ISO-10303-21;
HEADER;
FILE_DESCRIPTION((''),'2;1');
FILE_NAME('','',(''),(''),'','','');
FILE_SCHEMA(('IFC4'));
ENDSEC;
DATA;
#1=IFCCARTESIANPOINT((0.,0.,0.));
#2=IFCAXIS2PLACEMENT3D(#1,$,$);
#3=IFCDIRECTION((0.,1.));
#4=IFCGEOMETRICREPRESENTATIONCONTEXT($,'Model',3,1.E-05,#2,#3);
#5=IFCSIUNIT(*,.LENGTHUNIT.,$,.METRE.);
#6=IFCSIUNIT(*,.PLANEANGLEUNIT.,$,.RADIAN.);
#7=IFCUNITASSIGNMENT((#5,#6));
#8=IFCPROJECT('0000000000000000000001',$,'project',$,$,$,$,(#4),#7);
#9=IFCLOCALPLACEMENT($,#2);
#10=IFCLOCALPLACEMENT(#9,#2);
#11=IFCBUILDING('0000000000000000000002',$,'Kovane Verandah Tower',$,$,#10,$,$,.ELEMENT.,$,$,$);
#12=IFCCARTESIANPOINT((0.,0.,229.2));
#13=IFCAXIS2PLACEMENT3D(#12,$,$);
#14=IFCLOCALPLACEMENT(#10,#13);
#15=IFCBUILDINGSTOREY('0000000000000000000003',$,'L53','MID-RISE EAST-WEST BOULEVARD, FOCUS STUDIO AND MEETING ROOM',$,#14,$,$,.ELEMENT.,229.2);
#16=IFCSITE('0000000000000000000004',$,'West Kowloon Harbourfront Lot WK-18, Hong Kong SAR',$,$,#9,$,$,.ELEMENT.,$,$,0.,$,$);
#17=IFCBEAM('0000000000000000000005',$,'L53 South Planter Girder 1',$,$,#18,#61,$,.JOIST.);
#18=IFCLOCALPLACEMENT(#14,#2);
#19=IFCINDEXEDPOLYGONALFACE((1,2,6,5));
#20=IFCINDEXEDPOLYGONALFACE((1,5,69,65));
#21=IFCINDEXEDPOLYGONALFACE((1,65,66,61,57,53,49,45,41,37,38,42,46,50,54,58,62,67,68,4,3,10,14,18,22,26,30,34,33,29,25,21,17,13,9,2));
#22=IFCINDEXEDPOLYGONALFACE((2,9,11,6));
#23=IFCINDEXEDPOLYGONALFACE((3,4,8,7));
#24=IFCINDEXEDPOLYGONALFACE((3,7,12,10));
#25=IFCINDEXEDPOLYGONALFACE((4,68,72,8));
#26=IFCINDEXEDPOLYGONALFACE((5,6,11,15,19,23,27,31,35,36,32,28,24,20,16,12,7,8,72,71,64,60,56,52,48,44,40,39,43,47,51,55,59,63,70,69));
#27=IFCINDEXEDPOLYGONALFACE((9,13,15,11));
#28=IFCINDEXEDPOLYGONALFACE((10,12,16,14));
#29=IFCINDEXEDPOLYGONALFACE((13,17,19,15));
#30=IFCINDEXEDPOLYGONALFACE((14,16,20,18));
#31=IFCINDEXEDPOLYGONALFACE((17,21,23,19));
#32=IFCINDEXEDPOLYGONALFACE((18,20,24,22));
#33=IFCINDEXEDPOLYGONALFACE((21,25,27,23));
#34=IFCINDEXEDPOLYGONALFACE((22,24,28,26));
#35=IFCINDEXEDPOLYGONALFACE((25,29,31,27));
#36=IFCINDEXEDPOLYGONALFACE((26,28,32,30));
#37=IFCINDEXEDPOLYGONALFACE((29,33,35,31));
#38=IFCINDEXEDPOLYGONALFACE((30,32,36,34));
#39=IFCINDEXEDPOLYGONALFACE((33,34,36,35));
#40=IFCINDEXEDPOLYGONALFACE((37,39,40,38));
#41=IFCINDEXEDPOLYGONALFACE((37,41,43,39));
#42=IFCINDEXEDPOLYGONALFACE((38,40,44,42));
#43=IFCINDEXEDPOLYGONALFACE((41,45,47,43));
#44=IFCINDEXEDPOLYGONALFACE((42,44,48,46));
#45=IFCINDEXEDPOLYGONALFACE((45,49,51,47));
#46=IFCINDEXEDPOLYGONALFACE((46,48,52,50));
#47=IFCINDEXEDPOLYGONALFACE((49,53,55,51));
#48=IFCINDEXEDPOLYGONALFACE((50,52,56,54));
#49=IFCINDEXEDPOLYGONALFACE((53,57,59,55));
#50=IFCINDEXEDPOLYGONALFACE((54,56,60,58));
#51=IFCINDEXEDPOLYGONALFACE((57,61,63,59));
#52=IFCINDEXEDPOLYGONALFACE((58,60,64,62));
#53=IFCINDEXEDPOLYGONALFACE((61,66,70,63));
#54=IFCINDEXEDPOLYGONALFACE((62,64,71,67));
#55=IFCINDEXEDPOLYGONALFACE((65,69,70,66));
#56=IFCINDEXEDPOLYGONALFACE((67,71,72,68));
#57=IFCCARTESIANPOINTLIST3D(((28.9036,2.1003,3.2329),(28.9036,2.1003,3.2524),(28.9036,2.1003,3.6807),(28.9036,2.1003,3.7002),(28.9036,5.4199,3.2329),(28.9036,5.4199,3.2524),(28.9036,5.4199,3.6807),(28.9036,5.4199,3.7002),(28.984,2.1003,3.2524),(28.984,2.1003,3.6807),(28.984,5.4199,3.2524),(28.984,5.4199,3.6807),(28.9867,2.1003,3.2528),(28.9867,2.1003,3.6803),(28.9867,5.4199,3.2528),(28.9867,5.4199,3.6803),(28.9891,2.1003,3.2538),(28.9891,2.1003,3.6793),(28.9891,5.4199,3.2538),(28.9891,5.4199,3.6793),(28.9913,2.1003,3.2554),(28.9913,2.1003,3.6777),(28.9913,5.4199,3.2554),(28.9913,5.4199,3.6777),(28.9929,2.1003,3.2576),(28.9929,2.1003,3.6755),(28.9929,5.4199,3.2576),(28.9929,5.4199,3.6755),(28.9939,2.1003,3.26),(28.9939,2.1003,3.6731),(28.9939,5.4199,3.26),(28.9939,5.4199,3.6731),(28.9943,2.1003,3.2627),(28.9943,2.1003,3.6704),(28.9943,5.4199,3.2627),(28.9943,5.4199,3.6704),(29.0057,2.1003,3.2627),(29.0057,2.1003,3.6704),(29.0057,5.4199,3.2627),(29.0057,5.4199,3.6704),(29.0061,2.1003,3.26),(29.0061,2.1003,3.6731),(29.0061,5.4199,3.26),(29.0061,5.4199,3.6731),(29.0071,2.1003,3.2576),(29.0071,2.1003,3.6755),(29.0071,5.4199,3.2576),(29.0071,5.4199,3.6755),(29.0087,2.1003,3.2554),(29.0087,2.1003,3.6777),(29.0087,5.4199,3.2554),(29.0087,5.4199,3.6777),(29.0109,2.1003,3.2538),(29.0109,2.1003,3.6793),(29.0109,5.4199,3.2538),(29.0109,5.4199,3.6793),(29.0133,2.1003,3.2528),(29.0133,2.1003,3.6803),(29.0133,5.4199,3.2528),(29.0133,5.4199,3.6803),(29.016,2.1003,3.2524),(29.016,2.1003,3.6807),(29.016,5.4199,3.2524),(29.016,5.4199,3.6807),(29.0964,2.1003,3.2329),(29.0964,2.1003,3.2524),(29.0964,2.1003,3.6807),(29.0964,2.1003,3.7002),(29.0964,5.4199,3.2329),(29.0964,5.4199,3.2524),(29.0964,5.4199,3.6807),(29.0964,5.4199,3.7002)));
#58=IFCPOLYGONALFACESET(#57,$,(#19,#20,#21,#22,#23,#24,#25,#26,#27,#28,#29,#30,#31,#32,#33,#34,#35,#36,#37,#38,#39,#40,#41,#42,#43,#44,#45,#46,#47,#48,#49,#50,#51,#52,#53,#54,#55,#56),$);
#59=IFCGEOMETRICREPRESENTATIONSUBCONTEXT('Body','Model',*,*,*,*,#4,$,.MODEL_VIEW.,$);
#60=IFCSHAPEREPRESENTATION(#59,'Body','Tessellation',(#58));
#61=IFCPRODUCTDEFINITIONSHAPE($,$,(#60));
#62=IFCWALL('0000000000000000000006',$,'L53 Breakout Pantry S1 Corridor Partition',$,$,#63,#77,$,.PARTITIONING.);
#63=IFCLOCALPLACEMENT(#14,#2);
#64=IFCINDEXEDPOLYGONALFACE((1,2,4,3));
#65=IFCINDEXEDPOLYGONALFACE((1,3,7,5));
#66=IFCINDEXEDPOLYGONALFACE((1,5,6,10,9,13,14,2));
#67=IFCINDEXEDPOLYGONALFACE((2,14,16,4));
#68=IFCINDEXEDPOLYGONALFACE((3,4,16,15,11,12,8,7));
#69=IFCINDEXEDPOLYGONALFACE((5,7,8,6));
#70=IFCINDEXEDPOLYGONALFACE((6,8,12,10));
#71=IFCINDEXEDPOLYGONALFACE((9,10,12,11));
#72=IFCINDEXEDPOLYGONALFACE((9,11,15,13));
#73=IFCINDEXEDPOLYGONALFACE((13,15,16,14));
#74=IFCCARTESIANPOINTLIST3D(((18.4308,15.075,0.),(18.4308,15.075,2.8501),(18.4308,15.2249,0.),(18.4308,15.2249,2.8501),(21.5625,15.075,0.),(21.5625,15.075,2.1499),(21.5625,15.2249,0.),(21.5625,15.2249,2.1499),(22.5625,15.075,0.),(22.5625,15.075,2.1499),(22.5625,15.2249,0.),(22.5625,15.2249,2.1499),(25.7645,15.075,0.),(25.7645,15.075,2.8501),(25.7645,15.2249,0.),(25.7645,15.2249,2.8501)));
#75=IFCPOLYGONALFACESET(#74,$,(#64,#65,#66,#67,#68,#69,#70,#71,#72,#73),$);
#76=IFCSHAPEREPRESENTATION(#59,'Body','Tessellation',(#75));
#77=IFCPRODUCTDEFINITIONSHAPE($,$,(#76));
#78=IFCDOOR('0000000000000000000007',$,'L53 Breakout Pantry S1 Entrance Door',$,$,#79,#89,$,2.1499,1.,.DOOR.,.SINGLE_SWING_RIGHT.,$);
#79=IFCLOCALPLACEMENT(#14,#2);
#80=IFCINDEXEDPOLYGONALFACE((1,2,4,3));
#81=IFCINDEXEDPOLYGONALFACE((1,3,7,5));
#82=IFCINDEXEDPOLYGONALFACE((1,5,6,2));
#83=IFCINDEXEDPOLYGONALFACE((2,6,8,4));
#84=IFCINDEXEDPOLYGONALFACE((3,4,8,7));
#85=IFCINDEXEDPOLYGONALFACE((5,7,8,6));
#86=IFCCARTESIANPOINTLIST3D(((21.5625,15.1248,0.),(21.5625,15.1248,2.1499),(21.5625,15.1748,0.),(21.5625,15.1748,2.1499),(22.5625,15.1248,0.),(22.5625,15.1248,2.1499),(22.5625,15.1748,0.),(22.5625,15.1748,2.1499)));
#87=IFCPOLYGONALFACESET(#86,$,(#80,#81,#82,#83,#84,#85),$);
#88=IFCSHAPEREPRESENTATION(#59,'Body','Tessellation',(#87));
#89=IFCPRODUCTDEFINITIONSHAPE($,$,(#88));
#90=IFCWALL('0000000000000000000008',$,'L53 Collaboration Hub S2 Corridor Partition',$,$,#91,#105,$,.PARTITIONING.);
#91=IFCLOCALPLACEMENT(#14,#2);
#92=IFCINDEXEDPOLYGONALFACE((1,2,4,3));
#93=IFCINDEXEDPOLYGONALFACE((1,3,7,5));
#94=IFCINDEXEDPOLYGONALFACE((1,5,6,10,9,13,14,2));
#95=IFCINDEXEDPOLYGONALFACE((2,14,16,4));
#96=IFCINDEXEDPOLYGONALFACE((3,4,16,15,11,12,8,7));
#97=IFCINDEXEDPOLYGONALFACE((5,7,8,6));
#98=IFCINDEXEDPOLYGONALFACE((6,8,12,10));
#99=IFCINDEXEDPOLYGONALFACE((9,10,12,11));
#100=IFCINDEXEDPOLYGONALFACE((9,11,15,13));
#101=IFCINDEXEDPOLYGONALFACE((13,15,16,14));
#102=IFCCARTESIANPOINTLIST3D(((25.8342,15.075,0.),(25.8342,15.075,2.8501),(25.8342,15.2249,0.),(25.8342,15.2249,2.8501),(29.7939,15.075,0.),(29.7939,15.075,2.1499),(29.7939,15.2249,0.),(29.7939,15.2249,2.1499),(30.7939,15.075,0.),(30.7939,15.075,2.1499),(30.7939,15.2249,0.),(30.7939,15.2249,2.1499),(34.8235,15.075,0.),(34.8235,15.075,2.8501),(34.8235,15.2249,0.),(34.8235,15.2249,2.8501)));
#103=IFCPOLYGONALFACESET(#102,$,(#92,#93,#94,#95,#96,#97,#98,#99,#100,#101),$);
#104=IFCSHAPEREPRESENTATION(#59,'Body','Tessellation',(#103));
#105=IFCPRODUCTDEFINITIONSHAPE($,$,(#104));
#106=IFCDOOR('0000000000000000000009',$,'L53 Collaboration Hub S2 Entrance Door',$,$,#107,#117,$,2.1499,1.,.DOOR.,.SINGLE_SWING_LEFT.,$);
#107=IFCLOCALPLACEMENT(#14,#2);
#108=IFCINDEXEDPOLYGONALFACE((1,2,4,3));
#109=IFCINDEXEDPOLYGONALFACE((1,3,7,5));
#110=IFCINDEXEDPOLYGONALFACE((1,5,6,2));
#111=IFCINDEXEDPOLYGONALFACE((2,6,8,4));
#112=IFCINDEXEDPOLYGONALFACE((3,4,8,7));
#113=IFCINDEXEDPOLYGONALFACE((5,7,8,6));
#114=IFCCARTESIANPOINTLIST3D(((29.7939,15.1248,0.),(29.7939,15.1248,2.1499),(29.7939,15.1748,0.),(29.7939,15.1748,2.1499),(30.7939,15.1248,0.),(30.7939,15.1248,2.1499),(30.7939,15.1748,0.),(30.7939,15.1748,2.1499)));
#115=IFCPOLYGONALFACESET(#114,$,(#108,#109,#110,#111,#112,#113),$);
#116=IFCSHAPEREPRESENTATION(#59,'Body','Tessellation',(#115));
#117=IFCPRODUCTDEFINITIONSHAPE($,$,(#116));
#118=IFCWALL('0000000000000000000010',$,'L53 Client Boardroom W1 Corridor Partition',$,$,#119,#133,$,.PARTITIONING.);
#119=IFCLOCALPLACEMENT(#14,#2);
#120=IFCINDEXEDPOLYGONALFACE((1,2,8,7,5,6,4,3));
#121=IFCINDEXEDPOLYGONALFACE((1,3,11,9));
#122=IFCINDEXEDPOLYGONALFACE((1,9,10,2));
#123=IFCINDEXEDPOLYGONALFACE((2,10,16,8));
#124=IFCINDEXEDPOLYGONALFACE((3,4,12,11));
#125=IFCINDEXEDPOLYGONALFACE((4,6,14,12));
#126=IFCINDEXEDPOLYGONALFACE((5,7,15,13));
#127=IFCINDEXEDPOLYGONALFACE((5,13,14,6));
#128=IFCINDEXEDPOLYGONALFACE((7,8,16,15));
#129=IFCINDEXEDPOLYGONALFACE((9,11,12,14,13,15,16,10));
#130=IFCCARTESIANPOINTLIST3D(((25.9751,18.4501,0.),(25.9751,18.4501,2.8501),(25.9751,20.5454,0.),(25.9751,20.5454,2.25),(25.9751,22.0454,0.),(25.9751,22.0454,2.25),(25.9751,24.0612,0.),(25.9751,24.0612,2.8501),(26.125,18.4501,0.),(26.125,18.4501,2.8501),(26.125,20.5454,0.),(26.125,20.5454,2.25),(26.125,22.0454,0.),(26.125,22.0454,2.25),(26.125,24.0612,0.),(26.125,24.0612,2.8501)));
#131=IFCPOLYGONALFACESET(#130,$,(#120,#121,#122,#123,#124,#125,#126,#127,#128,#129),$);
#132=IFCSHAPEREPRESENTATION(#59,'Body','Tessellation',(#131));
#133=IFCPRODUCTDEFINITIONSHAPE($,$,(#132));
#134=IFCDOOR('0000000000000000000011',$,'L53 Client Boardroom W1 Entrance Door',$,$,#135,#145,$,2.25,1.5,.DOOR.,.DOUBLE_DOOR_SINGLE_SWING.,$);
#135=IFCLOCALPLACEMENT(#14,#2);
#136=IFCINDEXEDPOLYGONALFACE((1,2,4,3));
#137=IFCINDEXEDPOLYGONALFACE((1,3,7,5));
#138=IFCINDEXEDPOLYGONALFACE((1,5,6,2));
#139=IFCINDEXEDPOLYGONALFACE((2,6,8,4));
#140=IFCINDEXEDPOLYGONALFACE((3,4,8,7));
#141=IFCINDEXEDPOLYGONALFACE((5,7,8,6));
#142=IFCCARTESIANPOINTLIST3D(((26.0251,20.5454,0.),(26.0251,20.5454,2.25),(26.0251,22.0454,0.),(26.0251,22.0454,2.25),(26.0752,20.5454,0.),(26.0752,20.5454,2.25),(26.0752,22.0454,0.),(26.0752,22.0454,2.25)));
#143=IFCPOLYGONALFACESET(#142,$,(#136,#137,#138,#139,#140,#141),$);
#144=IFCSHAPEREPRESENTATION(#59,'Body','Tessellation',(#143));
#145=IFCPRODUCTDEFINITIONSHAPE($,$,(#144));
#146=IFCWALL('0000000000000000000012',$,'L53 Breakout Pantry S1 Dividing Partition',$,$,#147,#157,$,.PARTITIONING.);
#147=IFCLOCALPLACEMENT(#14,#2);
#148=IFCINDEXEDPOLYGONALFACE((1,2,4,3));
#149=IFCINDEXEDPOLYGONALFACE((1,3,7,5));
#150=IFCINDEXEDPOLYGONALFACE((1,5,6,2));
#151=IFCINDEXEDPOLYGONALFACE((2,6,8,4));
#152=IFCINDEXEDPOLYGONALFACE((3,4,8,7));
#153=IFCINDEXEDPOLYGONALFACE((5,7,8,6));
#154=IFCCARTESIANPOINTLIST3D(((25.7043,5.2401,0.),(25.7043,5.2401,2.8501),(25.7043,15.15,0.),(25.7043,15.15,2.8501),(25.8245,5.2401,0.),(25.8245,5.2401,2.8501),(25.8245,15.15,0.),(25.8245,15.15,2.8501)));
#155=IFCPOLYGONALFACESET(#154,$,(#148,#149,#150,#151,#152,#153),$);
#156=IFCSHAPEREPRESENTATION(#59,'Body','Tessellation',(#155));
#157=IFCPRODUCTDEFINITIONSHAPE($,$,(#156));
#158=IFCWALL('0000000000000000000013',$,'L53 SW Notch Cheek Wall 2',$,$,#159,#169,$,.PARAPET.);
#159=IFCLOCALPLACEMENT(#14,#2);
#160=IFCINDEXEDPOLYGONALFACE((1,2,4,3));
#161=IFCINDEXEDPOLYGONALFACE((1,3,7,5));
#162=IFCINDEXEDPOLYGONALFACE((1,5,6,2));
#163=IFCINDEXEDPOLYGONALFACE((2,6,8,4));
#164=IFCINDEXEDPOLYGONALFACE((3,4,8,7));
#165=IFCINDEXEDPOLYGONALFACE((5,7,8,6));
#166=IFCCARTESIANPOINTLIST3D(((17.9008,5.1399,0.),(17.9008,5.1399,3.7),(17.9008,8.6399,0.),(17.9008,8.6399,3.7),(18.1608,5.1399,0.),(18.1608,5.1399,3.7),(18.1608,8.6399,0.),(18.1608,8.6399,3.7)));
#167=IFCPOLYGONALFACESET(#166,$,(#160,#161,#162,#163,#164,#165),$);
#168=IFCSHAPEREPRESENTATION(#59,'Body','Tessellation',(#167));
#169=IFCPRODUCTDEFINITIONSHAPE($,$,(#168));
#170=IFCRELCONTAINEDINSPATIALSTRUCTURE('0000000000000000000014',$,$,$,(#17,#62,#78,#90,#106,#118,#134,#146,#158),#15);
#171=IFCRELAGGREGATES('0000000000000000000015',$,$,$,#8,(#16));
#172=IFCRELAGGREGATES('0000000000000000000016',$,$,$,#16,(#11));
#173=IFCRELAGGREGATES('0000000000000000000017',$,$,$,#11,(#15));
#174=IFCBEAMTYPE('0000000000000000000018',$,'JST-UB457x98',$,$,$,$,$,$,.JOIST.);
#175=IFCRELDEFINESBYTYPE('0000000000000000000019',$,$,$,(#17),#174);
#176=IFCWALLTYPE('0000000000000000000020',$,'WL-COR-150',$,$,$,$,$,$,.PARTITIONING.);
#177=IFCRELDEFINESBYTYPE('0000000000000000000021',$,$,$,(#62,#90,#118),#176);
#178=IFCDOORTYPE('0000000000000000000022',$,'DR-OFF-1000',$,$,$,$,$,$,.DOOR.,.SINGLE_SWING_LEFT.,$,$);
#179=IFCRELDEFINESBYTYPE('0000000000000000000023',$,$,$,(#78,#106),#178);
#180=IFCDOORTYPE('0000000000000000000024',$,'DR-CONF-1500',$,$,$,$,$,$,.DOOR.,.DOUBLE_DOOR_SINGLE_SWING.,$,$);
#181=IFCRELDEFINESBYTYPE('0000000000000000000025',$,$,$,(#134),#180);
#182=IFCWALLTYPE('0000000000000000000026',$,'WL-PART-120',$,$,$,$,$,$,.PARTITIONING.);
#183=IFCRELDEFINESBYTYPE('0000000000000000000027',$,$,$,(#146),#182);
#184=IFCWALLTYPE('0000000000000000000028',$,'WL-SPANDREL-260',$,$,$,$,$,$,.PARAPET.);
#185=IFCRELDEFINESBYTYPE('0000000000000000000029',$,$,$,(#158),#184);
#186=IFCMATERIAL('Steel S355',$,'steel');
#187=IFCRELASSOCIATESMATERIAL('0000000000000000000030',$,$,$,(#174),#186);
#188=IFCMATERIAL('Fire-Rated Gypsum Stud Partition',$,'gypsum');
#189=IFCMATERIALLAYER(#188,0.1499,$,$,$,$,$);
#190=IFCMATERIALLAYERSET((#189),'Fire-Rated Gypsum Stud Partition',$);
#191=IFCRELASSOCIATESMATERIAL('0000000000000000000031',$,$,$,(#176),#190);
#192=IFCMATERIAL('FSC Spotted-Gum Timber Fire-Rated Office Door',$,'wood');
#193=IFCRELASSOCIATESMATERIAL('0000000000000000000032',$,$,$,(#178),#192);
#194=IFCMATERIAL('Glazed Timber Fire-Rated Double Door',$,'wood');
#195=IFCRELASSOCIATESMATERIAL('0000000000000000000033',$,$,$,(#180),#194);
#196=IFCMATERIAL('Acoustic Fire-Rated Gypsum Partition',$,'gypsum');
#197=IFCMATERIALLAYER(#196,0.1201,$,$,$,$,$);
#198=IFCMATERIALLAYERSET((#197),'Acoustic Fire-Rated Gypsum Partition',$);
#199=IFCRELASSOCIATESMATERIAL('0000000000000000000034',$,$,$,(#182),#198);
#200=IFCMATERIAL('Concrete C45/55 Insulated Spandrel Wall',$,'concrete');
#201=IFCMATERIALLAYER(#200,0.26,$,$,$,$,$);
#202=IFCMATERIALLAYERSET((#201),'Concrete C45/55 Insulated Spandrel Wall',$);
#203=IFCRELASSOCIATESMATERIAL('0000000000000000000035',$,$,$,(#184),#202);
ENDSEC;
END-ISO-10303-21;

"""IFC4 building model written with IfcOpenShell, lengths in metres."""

from ifc_helpers import new_model, si_unit, direction, frame, frame_2d, origin, origin_2d, place, context, subcontext, project, spatial, rectangle, i_section, extrude, material, layer, layer_set, material_profile, profile_set, type_object, element, fill, save


model = new_model("IFC4")

# Units and contexts
model_context = context("Model", 3, precision=1e-05, world=origin(), true_north=direction((0.0, 1.0)))
body_context = subcontext(model_context, "Body", "Model", "MODEL_VIEW")
ifc_project = project(units=[si_unit("LENGTHUNIT", "METRE"), si_unit("PLANEANGLEUNIT", "RADIAN")], contexts=[model_context])

# Site, building, storey
site_placement = place(None, origin())
site = spatial("IfcSite", under=ifc_project, at=site_placement, Name="West Kowloon Harbourfront Lot WK-18, Hong Kong SAR", CompositionType="ELEMENT", RefElevation=0.0)
building_placement = place(site_placement, origin())
building = spatial("IfcBuilding", under=site, at=building_placement, Name="Kovane Verandah Tower", CompositionType="ELEMENT")
storey_placement = place(building_placement, frame((0.0, 0.0, 229.2)))
storey = spatial("IfcBuildingStorey", under=building, at=storey_placement, Name="L53", Description="MID-RISE EAST-WEST BOULEVARD, FOCUS STUDIO AND MEETING ROOM", CompositionType="ELEMENT", Elevation=229.2)

# Beam
ifc_material_1 = material(Name="Steel S355", Category="steel")
ifc_material_profile_1 = material_profile(ifc_material_1, i_section(OverallWidth=0.1929, OverallDepth=0.4673, WebThickness=0.0115, FlangeThickness=0.0195, FilletRadius=0.0103, at=origin_2d()), Name="UB457x191x98")
ifc_profile_set_1 = profile_set([ifc_material_profile_1], Name="Steel S355")
beam_type_1 = type_object("IfcBeamType", Name="JST-UB457x98", PredefinedType="JOIST", material=ifc_profile_set_1)
beam_1_placement = place(storey_placement, frame((29.0, 5.4199, 3.4666), z_axis=(0.0, -1.0, 0.0), x_axis=(1.0, 0.0, 0.0)))
element("IfcBeam", 1, at=beam_1_placement, inside=storey, type_object=beam_type_1, Name="L53 South Planter Girder 1", PredefinedType="JOIST", context=body_context, shape_type="SweptSolid", body=[
    extrude(i_section(OverallWidth=0.1929, OverallDepth=0.4673, WebThickness=0.0115, FlangeThickness=0.0195, FilletRadius=0.0103, at=origin_2d()), origin(), (0.0, 0.0, 1.0), 3.3196),
])

# Walls, openings, doors
ifc_material_2 = material(Name="Fire-Rated Gypsum Stud Partition", Category="gypsum")
ifc_layer_1 = layer(ifc_material_2, 0.1499)
ifc_layer_set_1 = layer_set([ifc_layer_1], Name="Fire-Rated Gypsum Stud Partition")
wall_type_1 = type_object("IfcWallType", Name="WL-COR-150", PredefinedType="PARTITIONING", material=ifc_layer_set_1)
wall_1_placement = place(storey_placement, frame((18.4307, 15.1499, 0.0), z_axis=(0.0, 0.0, 1.0), x_axis=(1.0, 0.0, 0.0)))
wall_1 = element("IfcWall", 2, at=wall_1_placement, inside=storey, type_object=wall_type_1, Name="L53 Breakout Pantry S1 Corridor Partition", PredefinedType="PARTITIONING", context=body_context, shape_type="SweptSolid", body=[
    extrude(rectangle(XDim=7.3337, YDim=0.1499, at=frame_2d((3.667, 0.0))), origin(), (0.0, 0.0, 1.0), 2.8501),
])
opening_1_placement = place(wall_1_placement, frame((3.1318, 0.0, 0.0)))
opening_1 = element("IfcOpeningElement", 3, at=opening_1_placement, cuts=wall_1, PredefinedType="OPENING", context=body_context, shape_type="SweptSolid", body=[
    extrude(rectangle(XDim=1.0, YDim=2.1499, at=frame_2d((0.5, 1.075))), frame((0.0, 0.075, 0.0), z_axis=(0.0, -1.0, 0.0), x_axis=(1.0, 0.0, 0.0)), (0.0, 0.0, 1.0), 0.1499),
])
ifc_material_3 = material(Name="FSC Spotted-Gum Timber Fire-Rated Office Door", Category="wood")
door_type_1 = type_object("IfcDoorType", Name="DR-OFF-1000", OperationType="SINGLE_SWING_LEFT", PredefinedType="DOOR", material=ifc_material_3)
door_1_placement = place(opening_1_placement, origin())
door_1 = element("IfcDoor", 4, at=door_1_placement, inside=storey, type_object=door_type_1, Name="L53 Breakout Pantry S1 Entrance Door", OperationType="SINGLE_SWING_RIGHT", OverallHeight=2.1499, OverallWidth=1.0, PredefinedType="DOOR", context=body_context, shape_type="SweptSolid", body=[
    extrude(rectangle(XDim=1.0, YDim=2.1499, at=frame_2d((0.5, 1.075))), frame((0.0, 0.0249, 0.0), z_axis=(0.0, -1.0, 0.0), x_axis=(1.0, 0.0, 0.0)), (0.0, 0.0, 1.0), 0.05),
])
fill(opening_1, door_1)
wall_2_placement = place(storey_placement, frame((25.8342, 15.1499, 0.0), z_axis=(0.0, 0.0, 1.0), x_axis=(1.0, 0.0, 0.0)))
wall_2 = element("IfcWall", 5, at=wall_2_placement, inside=storey, type_object=wall_type_1, Name="L53 Collaboration Hub S2 Corridor Partition", PredefinedType="PARTITIONING", context=body_context, shape_type="SweptSolid", body=[
    extrude(rectangle(XDim=8.9893, YDim=0.1499, at=frame_2d((4.4946, 0.0))), origin(), (0.0, 0.0, 1.0), 2.8501),
])
opening_2_placement = place(wall_2_placement, frame((3.9597, 0.0, 0.0)))
opening_2 = element("IfcOpeningElement", 6, at=opening_2_placement, cuts=wall_2, PredefinedType="OPENING", context=body_context, shape_type="SweptSolid", body=[
    extrude(rectangle(XDim=1.0, YDim=2.1499, at=frame_2d((0.5, 1.075))), frame((0.0, 0.075, 0.0), z_axis=(0.0, -1.0, 0.0), x_axis=(1.0, 0.0, 0.0)), (0.0, 0.0, 1.0), 0.1499),
])
door_2_placement = place(opening_2_placement, origin())
door_2 = element("IfcDoor", 7, at=door_2_placement, inside=storey, type_object=door_type_1, Name="L53 Collaboration Hub S2 Entrance Door", OperationType="SINGLE_SWING_LEFT", OverallHeight=2.1499, OverallWidth=1.0, PredefinedType="DOOR", context=body_context, shape_type="SweptSolid", body=[
    extrude(rectangle(XDim=1.0, YDim=2.1499, at=frame_2d((0.5, 1.075))), frame((0.0, 0.0249, 0.0), z_axis=(0.0, -1.0, 0.0), x_axis=(1.0, 0.0, 0.0)), (0.0, 0.0, 1.0), 0.05),
])
fill(opening_2, door_2)
wall_3_placement = place(storey_placement, frame((26.05, 18.45, 0.0), z_axis=(0.0, 0.0, 1.0), x_axis=(0.0, 1.0, 0.0)))
wall_3 = element("IfcWall", 8, at=wall_3_placement, inside=storey, type_object=wall_type_1, Name="L53 Client Boardroom W1 Corridor Partition", PredefinedType="PARTITIONING", context=body_context, shape_type="SweptSolid", body=[
    extrude(rectangle(XDim=5.6111, YDim=0.1499, at=frame_2d((2.8057, 0.0))), origin(), (0.0, 0.0, 1.0), 2.8501),
])
opening_3_placement = place(wall_3_placement, frame((2.0955, 0.0, 0.0)))
opening_3 = element("IfcOpeningElement", 9, at=opening_3_placement, cuts=wall_3, PredefinedType="OPENING", context=body_context, shape_type="SweptSolid", body=[
    extrude(rectangle(XDim=1.5, YDim=2.25, at=frame_2d((0.75, 1.125))), frame((0.0, 0.075, 0.0), z_axis=(0.0, -1.0, 0.0), x_axis=(1.0, 0.0, 0.0)), (0.0, 0.0, 1.0), 0.1499),
])
ifc_material_4 = material(Name="Glazed Timber Fire-Rated Double Door", Category="wood")
door_type_2 = type_object("IfcDoorType", Name="DR-CONF-1500", OperationType="DOUBLE_DOOR_SINGLE_SWING", PredefinedType="DOOR", material=ifc_material_4)
door_3_placement = place(opening_3_placement, origin())
door_3 = element("IfcDoor", 10, at=door_3_placement, inside=storey, type_object=door_type_2, Name="L53 Client Boardroom W1 Entrance Door", OperationType="DOUBLE_DOOR_SINGLE_SWING", OverallHeight=2.25, OverallWidth=1.5, PredefinedType="DOOR", context=body_context, shape_type="SweptSolid", body=[
    extrude(rectangle(XDim=1.5, YDim=2.25, at=frame_2d((0.75, 1.125))), frame((0.0, 0.0249, 0.0), z_axis=(0.0, -1.0, 0.0), x_axis=(1.0, 0.0, 0.0)), (0.0, 0.0, 1.0), 0.05),
])
fill(opening_3, door_3)

# Wall
ifc_material_5 = material(Name="Acoustic Fire-Rated Gypsum Partition", Category="gypsum")
ifc_layer_2 = layer(ifc_material_5, 0.1201)
ifc_layer_set_2 = layer_set([ifc_layer_2], Name="Acoustic Fire-Rated Gypsum Partition")
wall_type_2 = type_object("IfcWallType", Name="WL-PART-120", PredefinedType="PARTITIONING", material=ifc_layer_set_2)
wall_4_placement = place(storey_placement, frame((25.7644, 5.24, 0.0), z_axis=(0.0, 0.0, 1.0), x_axis=(0.0, 1.0, 0.0)))
element("IfcWall", 11, at=wall_4_placement, inside=storey, type_object=wall_type_2, Name="L53 Breakout Pantry S1 Dividing Partition", PredefinedType="PARTITIONING", context=body_context, shape_type="SweptSolid", body=[
    extrude(rectangle(XDim=9.9099, YDim=0.1201, at=frame_2d((4.9551, 0.0))), origin(), (0.0, 0.0, 1.0), 2.8501),
])

# Shared definitions
ifc_material_6 = material(Name="Concrete C45/55 Insulated Spandrel Wall", Category="concrete")
ifc_layer_3 = layer(ifc_material_6, 0.26)
ifc_layer_set_3 = layer_set([ifc_layer_3], Name="Concrete C45/55 Insulated Spandrel Wall")
wall_type_3 = type_object("IfcWallType", Name="WL-SPANDREL-260", PredefinedType="PARAPET", material=ifc_layer_set_3)

# Wall
wall_5_placement = place(storey_placement, frame((18.0308, 8.6399, 0.0), z_axis=(0.0, 0.0, 1.0), x_axis=(0.0, -1.0, 0.0)))
element("IfcWall", 12, at=wall_5_placement, inside=storey, type_object=wall_type_3, Name="L53 SW Notch Cheek Wall 2", PredefinedType="PARAPET", context=body_context, shape_type="SweptSolid", body=[
    extrude(rectangle(XDim=3.5, YDim=0.26, at=frame_2d((1.75, 0.0))), origin(), (0.0, 0.0, 1.0), 3.7),
])

save(model, "model.ifc")
